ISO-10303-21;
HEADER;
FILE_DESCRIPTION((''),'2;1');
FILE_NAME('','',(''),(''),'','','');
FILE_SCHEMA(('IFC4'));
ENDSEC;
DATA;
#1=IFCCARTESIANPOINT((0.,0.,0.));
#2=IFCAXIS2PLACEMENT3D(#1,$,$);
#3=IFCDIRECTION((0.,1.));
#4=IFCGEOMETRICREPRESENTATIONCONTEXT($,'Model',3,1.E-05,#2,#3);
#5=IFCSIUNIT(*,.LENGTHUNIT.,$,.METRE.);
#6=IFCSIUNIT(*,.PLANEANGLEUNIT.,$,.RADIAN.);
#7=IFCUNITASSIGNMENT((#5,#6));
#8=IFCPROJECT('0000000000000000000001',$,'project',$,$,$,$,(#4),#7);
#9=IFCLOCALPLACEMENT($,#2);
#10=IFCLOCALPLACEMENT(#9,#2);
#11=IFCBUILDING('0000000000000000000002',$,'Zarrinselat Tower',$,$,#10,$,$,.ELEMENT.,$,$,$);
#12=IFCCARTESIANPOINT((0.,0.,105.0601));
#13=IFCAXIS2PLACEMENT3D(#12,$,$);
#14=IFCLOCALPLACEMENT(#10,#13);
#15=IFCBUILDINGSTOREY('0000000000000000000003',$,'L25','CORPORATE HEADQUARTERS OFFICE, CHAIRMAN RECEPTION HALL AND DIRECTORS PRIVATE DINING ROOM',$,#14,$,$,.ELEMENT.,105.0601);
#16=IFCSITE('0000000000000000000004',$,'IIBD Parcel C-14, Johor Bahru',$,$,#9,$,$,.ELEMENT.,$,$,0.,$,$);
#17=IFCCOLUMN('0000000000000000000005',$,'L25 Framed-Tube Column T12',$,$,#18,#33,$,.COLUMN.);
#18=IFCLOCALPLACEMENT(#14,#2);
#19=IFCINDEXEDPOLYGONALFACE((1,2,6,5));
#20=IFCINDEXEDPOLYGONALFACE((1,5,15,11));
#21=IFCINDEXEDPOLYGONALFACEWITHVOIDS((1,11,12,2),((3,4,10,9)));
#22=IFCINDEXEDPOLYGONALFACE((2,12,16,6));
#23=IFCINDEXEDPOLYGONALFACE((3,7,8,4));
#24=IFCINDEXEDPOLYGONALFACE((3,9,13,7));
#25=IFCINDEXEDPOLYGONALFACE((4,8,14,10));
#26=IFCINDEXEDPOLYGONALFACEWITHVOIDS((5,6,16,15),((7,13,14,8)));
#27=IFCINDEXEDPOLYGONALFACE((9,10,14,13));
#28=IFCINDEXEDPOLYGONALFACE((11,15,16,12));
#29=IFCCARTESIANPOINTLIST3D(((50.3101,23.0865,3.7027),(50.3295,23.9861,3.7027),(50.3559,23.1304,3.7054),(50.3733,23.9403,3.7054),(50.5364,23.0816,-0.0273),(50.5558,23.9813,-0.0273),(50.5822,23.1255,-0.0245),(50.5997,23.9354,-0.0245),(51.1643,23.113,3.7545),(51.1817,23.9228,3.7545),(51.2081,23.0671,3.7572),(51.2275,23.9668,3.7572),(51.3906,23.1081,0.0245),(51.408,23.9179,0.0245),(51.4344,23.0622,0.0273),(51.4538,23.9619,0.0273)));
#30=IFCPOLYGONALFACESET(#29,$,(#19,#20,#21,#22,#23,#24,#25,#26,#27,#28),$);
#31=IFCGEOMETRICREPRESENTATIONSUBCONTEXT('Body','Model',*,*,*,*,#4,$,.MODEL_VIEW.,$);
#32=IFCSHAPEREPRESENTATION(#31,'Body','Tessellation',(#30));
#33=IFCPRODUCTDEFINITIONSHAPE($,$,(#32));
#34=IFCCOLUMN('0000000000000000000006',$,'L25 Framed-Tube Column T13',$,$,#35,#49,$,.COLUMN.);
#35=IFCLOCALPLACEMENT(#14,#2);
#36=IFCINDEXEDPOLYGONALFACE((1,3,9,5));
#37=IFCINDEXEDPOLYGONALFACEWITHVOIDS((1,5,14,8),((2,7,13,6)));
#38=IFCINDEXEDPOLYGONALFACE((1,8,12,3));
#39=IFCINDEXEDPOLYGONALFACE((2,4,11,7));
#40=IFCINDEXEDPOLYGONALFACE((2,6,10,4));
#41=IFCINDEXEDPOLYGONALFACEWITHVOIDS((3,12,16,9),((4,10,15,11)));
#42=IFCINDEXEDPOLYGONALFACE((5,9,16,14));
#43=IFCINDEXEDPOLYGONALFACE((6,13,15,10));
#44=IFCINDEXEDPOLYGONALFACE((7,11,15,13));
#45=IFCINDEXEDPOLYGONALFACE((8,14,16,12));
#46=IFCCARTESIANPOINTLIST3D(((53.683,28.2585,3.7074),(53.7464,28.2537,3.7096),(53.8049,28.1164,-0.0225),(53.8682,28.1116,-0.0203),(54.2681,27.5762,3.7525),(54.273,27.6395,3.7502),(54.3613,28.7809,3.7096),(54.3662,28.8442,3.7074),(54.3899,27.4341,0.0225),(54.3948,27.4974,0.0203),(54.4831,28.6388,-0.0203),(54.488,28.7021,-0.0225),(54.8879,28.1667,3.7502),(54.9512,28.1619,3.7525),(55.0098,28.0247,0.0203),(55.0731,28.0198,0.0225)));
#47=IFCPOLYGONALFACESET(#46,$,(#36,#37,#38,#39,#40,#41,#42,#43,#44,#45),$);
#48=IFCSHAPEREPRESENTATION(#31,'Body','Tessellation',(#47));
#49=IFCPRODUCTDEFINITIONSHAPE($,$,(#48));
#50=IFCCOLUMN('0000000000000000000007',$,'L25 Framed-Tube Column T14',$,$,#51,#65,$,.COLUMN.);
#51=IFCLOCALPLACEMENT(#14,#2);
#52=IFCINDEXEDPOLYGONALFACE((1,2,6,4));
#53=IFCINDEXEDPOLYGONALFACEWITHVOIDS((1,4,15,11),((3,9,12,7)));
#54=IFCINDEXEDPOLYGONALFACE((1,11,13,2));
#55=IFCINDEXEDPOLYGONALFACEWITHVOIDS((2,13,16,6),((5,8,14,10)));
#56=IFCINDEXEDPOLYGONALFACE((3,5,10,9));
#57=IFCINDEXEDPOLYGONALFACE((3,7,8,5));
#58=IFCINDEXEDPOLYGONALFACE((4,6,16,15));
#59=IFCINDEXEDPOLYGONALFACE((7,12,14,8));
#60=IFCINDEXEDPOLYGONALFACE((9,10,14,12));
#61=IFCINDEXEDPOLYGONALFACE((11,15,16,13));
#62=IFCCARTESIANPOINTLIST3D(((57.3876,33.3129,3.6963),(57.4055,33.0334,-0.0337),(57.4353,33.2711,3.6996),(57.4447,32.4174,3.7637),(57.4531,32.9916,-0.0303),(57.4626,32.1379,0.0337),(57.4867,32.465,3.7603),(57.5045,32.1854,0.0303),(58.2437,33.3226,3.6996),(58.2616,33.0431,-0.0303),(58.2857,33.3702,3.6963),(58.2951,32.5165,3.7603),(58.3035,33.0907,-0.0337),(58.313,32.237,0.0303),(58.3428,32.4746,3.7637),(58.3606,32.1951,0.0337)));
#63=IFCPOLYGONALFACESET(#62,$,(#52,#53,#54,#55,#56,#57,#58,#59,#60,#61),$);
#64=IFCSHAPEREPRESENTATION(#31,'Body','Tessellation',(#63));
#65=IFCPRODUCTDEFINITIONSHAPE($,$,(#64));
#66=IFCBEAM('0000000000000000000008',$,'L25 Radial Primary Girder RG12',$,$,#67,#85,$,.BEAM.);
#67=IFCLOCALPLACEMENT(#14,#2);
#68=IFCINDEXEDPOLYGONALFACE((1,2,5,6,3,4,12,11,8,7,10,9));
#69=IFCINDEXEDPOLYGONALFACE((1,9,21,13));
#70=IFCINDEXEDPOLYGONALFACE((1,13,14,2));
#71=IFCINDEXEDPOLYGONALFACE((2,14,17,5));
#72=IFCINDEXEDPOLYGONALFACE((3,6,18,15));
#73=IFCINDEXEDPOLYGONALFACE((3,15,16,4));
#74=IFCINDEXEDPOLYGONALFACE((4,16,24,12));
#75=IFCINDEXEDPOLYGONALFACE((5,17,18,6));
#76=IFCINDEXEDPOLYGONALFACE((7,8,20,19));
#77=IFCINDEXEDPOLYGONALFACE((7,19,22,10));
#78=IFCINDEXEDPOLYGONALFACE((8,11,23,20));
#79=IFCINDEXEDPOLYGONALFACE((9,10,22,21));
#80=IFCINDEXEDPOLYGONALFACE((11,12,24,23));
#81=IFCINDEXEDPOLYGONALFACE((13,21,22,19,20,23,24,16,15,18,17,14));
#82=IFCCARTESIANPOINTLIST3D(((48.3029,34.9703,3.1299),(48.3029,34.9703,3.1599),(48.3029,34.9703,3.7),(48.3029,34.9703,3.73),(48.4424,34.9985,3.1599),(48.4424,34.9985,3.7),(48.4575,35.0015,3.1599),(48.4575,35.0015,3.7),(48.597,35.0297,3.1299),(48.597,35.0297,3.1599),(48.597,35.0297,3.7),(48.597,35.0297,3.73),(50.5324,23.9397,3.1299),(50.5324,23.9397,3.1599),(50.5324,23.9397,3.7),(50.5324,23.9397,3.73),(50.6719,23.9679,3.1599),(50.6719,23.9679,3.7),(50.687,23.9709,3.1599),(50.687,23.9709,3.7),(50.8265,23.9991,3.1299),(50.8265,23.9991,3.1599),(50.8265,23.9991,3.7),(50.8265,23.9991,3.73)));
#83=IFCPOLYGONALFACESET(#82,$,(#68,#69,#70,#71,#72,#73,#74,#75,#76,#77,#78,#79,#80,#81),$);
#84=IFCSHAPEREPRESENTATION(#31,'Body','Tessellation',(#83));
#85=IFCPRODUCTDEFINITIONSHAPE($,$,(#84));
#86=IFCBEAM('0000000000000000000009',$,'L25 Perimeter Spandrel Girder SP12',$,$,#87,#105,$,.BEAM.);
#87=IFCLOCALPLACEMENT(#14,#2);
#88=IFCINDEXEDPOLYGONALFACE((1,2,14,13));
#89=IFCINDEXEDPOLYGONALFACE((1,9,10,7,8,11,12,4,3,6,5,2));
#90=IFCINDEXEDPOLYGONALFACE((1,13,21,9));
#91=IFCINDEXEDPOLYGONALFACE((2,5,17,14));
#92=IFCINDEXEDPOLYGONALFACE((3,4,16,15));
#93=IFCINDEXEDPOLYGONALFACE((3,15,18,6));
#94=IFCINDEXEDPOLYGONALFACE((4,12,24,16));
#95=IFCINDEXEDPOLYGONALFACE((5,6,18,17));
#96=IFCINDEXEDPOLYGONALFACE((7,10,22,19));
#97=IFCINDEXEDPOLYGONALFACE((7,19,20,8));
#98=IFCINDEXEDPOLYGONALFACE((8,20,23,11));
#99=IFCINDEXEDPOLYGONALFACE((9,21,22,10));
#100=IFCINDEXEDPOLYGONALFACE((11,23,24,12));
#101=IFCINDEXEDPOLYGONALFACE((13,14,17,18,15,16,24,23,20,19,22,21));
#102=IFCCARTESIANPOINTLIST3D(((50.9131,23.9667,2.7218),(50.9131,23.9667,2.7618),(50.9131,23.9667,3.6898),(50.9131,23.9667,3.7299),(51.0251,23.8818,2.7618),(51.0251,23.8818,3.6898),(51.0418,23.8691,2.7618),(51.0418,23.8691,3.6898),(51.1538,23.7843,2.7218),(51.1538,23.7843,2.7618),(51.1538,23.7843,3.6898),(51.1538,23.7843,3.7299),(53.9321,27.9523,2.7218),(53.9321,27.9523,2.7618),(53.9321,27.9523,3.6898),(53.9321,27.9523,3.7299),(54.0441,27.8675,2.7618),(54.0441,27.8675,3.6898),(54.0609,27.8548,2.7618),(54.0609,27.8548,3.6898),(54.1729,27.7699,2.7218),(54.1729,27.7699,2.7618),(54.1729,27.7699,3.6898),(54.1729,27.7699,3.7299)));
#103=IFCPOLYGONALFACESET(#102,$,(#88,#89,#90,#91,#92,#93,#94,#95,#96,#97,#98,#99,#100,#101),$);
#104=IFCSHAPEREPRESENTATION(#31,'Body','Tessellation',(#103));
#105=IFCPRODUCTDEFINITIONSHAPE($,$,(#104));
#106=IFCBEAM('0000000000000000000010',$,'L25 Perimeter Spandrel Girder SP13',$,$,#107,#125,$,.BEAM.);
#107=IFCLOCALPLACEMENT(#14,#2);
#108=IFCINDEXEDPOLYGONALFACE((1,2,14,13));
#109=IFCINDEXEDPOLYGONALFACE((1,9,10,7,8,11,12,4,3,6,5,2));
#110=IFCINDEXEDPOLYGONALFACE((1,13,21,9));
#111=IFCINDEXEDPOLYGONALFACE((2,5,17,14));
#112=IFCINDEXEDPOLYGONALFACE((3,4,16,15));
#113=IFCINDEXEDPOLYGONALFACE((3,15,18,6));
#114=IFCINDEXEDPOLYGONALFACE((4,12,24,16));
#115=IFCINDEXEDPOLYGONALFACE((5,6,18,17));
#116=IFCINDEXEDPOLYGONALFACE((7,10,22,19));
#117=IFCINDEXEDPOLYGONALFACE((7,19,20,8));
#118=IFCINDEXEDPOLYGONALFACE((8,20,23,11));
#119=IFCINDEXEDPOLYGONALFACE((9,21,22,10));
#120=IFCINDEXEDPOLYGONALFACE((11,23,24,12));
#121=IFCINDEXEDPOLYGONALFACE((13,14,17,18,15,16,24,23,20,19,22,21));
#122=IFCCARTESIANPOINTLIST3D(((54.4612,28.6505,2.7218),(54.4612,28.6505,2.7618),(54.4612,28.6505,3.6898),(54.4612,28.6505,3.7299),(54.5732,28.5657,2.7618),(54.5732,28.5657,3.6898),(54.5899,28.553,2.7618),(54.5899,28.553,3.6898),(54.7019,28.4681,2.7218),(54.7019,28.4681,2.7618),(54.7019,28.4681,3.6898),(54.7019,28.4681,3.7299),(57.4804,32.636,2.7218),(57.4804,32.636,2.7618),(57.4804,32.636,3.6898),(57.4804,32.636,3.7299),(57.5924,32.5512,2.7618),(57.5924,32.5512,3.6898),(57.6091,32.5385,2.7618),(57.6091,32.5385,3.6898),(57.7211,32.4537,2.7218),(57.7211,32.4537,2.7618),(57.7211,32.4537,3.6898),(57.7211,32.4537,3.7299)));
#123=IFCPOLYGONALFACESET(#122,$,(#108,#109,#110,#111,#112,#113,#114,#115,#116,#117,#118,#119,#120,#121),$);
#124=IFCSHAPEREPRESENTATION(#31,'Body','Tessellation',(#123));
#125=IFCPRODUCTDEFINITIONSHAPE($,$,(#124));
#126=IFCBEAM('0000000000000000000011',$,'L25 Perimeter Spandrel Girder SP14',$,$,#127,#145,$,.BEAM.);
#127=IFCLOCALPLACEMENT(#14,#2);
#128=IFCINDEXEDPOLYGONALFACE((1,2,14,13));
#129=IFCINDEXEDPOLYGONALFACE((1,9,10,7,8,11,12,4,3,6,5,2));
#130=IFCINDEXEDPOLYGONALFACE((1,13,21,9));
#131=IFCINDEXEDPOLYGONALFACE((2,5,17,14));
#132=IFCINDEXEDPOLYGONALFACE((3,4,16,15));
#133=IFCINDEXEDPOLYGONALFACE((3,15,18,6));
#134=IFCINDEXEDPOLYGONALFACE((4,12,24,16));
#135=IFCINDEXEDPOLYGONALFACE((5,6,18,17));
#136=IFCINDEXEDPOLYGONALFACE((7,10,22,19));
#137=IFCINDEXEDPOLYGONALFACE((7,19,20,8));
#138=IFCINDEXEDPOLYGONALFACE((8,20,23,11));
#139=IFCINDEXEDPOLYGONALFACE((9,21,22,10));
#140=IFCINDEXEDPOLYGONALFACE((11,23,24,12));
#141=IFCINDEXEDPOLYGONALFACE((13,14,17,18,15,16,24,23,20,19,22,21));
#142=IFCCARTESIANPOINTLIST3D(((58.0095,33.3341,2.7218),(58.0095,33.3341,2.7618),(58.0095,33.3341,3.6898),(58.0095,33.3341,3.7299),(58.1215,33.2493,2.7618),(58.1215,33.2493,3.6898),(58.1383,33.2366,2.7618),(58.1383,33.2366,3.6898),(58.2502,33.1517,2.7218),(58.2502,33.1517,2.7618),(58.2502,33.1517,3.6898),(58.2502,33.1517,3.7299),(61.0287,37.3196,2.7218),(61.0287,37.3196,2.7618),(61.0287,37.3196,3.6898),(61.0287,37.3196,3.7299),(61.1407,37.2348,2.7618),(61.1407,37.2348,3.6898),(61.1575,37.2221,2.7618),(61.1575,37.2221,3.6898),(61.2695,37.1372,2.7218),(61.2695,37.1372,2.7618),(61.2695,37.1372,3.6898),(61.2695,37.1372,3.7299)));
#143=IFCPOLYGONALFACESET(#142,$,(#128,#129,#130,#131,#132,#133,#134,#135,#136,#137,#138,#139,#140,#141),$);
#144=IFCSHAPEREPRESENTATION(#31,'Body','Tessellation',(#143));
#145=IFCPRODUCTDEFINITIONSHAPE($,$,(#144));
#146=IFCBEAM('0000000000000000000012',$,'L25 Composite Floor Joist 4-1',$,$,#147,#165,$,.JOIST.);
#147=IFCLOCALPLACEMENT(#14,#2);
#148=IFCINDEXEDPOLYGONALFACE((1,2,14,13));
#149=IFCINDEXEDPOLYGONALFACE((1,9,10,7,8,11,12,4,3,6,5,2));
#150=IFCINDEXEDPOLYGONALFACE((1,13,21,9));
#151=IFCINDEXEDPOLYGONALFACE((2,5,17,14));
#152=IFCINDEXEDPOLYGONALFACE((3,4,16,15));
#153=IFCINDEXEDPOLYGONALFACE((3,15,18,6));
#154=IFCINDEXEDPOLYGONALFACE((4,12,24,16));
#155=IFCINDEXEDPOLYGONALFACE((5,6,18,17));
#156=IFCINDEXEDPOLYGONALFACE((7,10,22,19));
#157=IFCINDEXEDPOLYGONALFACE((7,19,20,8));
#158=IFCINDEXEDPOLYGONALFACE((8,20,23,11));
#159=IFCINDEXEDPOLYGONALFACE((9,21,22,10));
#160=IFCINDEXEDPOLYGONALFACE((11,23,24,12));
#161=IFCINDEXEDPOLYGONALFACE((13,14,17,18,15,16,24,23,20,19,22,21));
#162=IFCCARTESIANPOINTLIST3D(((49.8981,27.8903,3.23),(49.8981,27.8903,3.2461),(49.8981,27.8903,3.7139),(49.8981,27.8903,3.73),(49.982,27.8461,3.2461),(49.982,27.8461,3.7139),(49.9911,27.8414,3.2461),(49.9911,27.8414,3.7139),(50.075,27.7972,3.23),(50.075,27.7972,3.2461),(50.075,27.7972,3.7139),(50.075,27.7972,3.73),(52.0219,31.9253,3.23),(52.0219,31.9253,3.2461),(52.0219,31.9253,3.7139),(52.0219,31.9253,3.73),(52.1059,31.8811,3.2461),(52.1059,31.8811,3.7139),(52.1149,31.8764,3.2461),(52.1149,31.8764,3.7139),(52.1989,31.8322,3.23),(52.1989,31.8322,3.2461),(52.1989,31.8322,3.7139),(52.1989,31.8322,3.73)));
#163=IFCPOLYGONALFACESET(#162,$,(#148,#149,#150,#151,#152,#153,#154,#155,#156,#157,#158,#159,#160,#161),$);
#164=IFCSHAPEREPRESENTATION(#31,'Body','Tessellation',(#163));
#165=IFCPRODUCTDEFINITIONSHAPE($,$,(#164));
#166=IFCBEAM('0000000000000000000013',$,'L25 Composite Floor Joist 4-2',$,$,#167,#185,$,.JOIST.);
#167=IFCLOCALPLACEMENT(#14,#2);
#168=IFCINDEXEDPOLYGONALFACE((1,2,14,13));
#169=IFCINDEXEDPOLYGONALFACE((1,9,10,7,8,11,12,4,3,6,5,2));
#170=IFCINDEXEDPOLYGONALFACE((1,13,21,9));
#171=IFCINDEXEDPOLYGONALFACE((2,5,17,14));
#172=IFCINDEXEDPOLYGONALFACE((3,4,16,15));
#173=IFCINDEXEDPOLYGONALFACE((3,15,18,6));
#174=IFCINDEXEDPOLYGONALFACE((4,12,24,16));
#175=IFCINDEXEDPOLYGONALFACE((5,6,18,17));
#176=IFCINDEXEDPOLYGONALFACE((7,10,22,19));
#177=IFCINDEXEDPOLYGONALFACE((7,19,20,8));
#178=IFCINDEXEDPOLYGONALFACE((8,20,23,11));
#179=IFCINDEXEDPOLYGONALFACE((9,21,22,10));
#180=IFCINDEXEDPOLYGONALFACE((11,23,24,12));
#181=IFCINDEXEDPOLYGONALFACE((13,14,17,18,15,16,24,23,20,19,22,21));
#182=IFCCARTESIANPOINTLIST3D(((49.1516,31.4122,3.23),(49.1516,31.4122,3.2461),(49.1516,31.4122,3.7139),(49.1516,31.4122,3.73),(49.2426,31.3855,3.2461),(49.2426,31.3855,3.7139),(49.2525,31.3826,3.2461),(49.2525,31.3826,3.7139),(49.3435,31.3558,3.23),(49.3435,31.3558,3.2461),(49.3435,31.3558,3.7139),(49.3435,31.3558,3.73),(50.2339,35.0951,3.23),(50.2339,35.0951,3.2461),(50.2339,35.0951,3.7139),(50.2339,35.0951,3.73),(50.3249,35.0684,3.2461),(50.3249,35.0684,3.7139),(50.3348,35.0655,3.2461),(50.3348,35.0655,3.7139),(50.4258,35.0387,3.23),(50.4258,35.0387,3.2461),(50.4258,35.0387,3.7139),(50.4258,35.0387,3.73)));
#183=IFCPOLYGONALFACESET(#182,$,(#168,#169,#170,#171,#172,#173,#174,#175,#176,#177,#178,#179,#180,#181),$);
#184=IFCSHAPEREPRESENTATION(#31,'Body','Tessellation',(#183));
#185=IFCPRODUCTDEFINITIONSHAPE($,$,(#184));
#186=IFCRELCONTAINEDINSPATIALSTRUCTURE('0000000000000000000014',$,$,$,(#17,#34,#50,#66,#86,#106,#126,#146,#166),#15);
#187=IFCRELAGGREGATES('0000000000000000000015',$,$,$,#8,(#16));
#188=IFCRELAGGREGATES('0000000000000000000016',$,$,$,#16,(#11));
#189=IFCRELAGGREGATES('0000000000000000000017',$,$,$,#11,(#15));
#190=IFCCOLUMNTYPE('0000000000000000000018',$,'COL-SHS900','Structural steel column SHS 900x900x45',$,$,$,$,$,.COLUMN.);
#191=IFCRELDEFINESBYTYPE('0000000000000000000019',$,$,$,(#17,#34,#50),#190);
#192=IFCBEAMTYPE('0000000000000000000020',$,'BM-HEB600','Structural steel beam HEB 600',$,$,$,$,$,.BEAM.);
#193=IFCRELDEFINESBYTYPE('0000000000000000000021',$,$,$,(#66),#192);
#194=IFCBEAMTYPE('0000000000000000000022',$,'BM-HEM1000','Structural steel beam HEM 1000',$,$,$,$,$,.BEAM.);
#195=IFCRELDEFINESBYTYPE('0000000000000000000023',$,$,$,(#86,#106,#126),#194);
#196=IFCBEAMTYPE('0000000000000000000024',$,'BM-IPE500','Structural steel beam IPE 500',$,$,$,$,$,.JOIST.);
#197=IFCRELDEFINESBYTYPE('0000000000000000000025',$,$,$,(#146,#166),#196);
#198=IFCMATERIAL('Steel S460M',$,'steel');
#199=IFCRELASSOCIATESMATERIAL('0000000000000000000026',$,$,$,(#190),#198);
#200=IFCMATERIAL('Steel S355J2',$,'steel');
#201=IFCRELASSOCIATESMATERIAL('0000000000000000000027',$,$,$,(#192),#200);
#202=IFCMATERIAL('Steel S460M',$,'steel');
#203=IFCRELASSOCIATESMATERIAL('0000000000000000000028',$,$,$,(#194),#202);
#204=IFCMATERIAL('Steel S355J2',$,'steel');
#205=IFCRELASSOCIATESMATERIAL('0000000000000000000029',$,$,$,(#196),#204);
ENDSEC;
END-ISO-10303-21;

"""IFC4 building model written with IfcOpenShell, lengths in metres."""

from ifc_helpers import new_model, si_unit, direction, frame, origin, origin_2d, place, context, subcontext, project, spatial, hollow_rectangle, i_section, extrude, material, material_profile, profile_set, type_object, element, save


model = new_model("IFC4")

# Units and contexts
model_context = context("Model", 3, precision=1e-05, world=origin(), true_north=direction((0.0, 1.0)))
body_context = subcontext(model_context, "Body", "Model", "MODEL_VIEW")
ifc_project = project(units=[si_unit("LENGTHUNIT", "METRE"), si_unit("PLANEANGLEUNIT", "RADIAN")], contexts=[model_context])

# Site, building, storey
site_placement = place(None, origin())
site = spatial("IfcSite", under=ifc_project, at=site_placement, Name="IIBD Parcel C-14, Johor Bahru", CompositionType="ELEMENT", RefElevation=0.0)
building_placement = place(site_placement, origin())
building = spatial("IfcBuilding", under=site, at=building_placement, Name="Zarrinselat Tower", CompositionType="ELEMENT")
storey_placement = place(building_placement, frame((0.0, 0.0, 105.0601)))
storey = spatial("IfcBuildingStorey", under=building, at=storey_placement, Name="L25", Description="CORPORATE HEADQUARTERS OFFICE, CHAIRMAN RECEPTION HALL AND DIRECTORS PRIVATE DINING ROOM", CompositionType="ELEMENT", Elevation=105.0601)

# Columns
ifc_material_1 = material(Name="Steel S460M", Category="steel")
ifc_material_profile_1 = material_profile(ifc_material_1, hollow_rectangle(XDim=0.8999, YDim=0.8999, WallThickness=0.0449, at=origin_2d()), Name="SHS 900x900x45")
ifc_profile_set_1 = profile_set([ifc_material_profile_1], Name="Steel S460M")
column_type = type_object("IfcColumnType", Name="COL-SHS900", Description="Structural steel column SHS 900x900x45", PredefinedType="COLUMN", material=ifc_profile_set_1)
column_1_placement = place(storey_placement, frame((50.9951, 23.5217, 0.0), z_axis=(-0.060564, 0.001307, 0.998163), x_axis=(-0.02157, -0.999767, 0.0)))
element("IfcColumn", 1, at=column_1_placement, inside=storey, type_object=column_type, Name="L25 Framed-Tube Column T12", PredefinedType="COLUMN", context=body_context, shape_type="SweptSolid", body=[
    extrude(hollow_rectangle(XDim=0.8999, YDim=0.8999, WallThickness=0.0449, at=origin_2d()), origin(), (0.0, 0.0, 1.0), 3.7368),
])
column_2_placement = place(storey_placement, frame((54.439, 28.0681, 0.0), z_axis=(-0.03262, 0.038046, 0.998743), x_axis=(-0.759165, -0.650899, 0.0)))
element("IfcColumn", 2, at=column_2_placement, inside=storey, type_object=column_type, Name="L25 Framed-Tube Column T13", PredefinedType="COLUMN", context=body_context, shape_type="SweptSolid", body=[
    extrude(hollow_rectangle(XDim=0.8999, YDim=0.8999, WallThickness=0.0449, at=origin_2d()), origin(), (0.0, 0.0, 1.0), 3.7346),
])
column_3_placement = place(storey_placement, frame((57.8831, 32.6143, 0.0), z_axis=(-0.004765, 0.074734, 0.997192), x_axis=(-0.997974, -0.063626, 0.0)))
element("IfcColumn", 3, at=column_3_placement, inside=storey, type_object=column_type, Name="L25 Framed-Tube Column T14", PredefinedType="COLUMN", context=body_context, shape_type="SweptSolid", body=[
    extrude(hollow_rectangle(XDim=0.8999, YDim=0.8999, WallThickness=0.0449, at=origin_2d()), origin(), (0.0, 0.0, 1.0), 3.7405),
])

# Beams
ifc_material_2 = material(Name="Steel S355J2", Category="steel")
ifc_material_profile_2 = material_profile(ifc_material_2, i_section(OverallWidth=0.3, OverallDepth=0.6001, WebThickness=0.0154, FlangeThickness=0.03, at=origin_2d()), Name="HEB 600")
ifc_profile_set_2 = profile_set([ifc_material_profile_2], Name="Steel S355J2")
beam_type_1 = type_object("IfcBeamType", Name="BM-HEB600", Description="Structural steel beam HEB 600", PredefinedType="BEAM", material=ifc_profile_set_2)
beam_1_placement = place(storey_placement, frame((48.45, 35.0, 3.4299), z_axis=(0.198114, -0.980179, 0.0), x_axis=(0.980179, 0.198114, 0.0)))
element("IfcBeam", 4, at=beam_1_placement, inside=storey, type_object=beam_type_1, Name="L25 Radial Primary Girder RG12", PredefinedType="BEAM", context=body_context, shape_type="SweptSolid", body=[
    extrude(i_section(OverallWidth=0.3, OverallDepth=0.6001, WebThickness=0.0154, FlangeThickness=0.03, at=origin_2d()), origin(), (0.0, 0.0, 1.0), 11.2537),
])
ifc_material_3 = material(Name="Steel S460M", Category="steel")
ifc_material_profile_3 = material_profile(ifc_material_3, i_section(OverallWidth=0.302, OverallDepth=1.0081, WebThickness=0.021, FlangeThickness=0.04, at=origin_2d()), Name="HEM 1000")
ifc_profile_set_3 = profile_set([ifc_material_profile_3], Name="Steel S460M")
beam_type_2 = type_object("IfcBeamType", Name="BM-HEM1000", Description="Structural steel beam HEM 1000", PredefinedType="BEAM", material=ifc_profile_set_3)
for number, where, z_axis, x_axis, name in (
    (5, (51.0334, 23.8755, 3.2258), (0.603814, 0.797126, 0.0), (-0.797126, 0.603814, 0.0), "L25 Perimeter Spandrel Girder SP12"),
    (6, (54.5815, 28.5593, 3.2258), (0.603845, 0.797102, 0.0), (-0.797102, 0.603845, 0.0), "L25 Perimeter Spandrel Girder SP13"),
    (7, (58.1299, 33.2429, 3.2258), (0.603845, 0.797102, 0.0), (-0.797102, 0.603845, 0.0), "L25 Perimeter Spandrel Girder SP14"),
):
    element("IfcBeam", number, at=place(storey_placement, frame(where, z_axis=z_axis, x_axis=x_axis)), inside=storey, type_object=beam_type_2, Name=name, PredefinedType="BEAM", context=body_context, shape_type="SweptSolid", body=[
        extrude(i_section(OverallWidth=0.302, OverallDepth=1.0081, WebThickness=0.021, FlangeThickness=0.04, at=origin_2d()), origin(), (0.0, 0.0, 1.0), 5.0),
    ])
ifc_material_4 = material(Name="Steel S355J2", Category="steel")
ifc_material_profile_4 = material_profile(ifc_material_4, i_section(OverallWidth=0.2, OverallDepth=0.5, WebThickness=0.0103, FlangeThickness=0.0161, at=origin_2d()), Name="IPE 500")
ifc_profile_set_4 = profile_set([ifc_material_profile_4], Name="Steel S355J2")
beam_type_3 = type_object("IfcBeamType", Name="BM-IPE500", Description="Structural steel beam IPE 500", PredefinedType="JOIST", material=ifc_profile_set_4)
beam_2_placement = place(storey_placement, frame((49.9866, 27.8438, 3.48), z_axis=(0.465771, 0.884905, 0.0), x_axis=(-0.884905, 0.465771, 0.0)))
element("IfcBeam", 8, at=beam_2_placement, inside=storey, type_object=beam_type_3, Name="L25 Composite Floor Joist 4-1", PredefinedType="JOIST", context=body_context, shape_type="SweptSolid", body=[
    extrude(i_section(OverallWidth=0.2, OverallDepth=0.5, WebThickness=0.0103, FlangeThickness=0.0161, at=origin_2d()), origin(), (0.0, 0.0, 1.0), 4.5598),
])
beam_3_placement = place(storey_placement, frame((49.2476, 31.384, 3.48), z_axis=(0.281946, 0.95943, 0.0), x_axis=(-0.95943, 0.281946, 0.0)))
element("IfcBeam", 9, at=beam_3_placement, inside=storey, type_object=beam_type_3, Name="L25 Composite Floor Joist 4-2", PredefinedType="JOIST", context=body_context, shape_type="SweptSolid", body=[
    extrude(i_section(OverallWidth=0.2, OverallDepth=0.5, WebThickness=0.0103, FlangeThickness=0.0161, at=origin_2d()), origin(), (0.0, 0.0, 1.0), 3.8386),
])

save(model, "model.ifc")
